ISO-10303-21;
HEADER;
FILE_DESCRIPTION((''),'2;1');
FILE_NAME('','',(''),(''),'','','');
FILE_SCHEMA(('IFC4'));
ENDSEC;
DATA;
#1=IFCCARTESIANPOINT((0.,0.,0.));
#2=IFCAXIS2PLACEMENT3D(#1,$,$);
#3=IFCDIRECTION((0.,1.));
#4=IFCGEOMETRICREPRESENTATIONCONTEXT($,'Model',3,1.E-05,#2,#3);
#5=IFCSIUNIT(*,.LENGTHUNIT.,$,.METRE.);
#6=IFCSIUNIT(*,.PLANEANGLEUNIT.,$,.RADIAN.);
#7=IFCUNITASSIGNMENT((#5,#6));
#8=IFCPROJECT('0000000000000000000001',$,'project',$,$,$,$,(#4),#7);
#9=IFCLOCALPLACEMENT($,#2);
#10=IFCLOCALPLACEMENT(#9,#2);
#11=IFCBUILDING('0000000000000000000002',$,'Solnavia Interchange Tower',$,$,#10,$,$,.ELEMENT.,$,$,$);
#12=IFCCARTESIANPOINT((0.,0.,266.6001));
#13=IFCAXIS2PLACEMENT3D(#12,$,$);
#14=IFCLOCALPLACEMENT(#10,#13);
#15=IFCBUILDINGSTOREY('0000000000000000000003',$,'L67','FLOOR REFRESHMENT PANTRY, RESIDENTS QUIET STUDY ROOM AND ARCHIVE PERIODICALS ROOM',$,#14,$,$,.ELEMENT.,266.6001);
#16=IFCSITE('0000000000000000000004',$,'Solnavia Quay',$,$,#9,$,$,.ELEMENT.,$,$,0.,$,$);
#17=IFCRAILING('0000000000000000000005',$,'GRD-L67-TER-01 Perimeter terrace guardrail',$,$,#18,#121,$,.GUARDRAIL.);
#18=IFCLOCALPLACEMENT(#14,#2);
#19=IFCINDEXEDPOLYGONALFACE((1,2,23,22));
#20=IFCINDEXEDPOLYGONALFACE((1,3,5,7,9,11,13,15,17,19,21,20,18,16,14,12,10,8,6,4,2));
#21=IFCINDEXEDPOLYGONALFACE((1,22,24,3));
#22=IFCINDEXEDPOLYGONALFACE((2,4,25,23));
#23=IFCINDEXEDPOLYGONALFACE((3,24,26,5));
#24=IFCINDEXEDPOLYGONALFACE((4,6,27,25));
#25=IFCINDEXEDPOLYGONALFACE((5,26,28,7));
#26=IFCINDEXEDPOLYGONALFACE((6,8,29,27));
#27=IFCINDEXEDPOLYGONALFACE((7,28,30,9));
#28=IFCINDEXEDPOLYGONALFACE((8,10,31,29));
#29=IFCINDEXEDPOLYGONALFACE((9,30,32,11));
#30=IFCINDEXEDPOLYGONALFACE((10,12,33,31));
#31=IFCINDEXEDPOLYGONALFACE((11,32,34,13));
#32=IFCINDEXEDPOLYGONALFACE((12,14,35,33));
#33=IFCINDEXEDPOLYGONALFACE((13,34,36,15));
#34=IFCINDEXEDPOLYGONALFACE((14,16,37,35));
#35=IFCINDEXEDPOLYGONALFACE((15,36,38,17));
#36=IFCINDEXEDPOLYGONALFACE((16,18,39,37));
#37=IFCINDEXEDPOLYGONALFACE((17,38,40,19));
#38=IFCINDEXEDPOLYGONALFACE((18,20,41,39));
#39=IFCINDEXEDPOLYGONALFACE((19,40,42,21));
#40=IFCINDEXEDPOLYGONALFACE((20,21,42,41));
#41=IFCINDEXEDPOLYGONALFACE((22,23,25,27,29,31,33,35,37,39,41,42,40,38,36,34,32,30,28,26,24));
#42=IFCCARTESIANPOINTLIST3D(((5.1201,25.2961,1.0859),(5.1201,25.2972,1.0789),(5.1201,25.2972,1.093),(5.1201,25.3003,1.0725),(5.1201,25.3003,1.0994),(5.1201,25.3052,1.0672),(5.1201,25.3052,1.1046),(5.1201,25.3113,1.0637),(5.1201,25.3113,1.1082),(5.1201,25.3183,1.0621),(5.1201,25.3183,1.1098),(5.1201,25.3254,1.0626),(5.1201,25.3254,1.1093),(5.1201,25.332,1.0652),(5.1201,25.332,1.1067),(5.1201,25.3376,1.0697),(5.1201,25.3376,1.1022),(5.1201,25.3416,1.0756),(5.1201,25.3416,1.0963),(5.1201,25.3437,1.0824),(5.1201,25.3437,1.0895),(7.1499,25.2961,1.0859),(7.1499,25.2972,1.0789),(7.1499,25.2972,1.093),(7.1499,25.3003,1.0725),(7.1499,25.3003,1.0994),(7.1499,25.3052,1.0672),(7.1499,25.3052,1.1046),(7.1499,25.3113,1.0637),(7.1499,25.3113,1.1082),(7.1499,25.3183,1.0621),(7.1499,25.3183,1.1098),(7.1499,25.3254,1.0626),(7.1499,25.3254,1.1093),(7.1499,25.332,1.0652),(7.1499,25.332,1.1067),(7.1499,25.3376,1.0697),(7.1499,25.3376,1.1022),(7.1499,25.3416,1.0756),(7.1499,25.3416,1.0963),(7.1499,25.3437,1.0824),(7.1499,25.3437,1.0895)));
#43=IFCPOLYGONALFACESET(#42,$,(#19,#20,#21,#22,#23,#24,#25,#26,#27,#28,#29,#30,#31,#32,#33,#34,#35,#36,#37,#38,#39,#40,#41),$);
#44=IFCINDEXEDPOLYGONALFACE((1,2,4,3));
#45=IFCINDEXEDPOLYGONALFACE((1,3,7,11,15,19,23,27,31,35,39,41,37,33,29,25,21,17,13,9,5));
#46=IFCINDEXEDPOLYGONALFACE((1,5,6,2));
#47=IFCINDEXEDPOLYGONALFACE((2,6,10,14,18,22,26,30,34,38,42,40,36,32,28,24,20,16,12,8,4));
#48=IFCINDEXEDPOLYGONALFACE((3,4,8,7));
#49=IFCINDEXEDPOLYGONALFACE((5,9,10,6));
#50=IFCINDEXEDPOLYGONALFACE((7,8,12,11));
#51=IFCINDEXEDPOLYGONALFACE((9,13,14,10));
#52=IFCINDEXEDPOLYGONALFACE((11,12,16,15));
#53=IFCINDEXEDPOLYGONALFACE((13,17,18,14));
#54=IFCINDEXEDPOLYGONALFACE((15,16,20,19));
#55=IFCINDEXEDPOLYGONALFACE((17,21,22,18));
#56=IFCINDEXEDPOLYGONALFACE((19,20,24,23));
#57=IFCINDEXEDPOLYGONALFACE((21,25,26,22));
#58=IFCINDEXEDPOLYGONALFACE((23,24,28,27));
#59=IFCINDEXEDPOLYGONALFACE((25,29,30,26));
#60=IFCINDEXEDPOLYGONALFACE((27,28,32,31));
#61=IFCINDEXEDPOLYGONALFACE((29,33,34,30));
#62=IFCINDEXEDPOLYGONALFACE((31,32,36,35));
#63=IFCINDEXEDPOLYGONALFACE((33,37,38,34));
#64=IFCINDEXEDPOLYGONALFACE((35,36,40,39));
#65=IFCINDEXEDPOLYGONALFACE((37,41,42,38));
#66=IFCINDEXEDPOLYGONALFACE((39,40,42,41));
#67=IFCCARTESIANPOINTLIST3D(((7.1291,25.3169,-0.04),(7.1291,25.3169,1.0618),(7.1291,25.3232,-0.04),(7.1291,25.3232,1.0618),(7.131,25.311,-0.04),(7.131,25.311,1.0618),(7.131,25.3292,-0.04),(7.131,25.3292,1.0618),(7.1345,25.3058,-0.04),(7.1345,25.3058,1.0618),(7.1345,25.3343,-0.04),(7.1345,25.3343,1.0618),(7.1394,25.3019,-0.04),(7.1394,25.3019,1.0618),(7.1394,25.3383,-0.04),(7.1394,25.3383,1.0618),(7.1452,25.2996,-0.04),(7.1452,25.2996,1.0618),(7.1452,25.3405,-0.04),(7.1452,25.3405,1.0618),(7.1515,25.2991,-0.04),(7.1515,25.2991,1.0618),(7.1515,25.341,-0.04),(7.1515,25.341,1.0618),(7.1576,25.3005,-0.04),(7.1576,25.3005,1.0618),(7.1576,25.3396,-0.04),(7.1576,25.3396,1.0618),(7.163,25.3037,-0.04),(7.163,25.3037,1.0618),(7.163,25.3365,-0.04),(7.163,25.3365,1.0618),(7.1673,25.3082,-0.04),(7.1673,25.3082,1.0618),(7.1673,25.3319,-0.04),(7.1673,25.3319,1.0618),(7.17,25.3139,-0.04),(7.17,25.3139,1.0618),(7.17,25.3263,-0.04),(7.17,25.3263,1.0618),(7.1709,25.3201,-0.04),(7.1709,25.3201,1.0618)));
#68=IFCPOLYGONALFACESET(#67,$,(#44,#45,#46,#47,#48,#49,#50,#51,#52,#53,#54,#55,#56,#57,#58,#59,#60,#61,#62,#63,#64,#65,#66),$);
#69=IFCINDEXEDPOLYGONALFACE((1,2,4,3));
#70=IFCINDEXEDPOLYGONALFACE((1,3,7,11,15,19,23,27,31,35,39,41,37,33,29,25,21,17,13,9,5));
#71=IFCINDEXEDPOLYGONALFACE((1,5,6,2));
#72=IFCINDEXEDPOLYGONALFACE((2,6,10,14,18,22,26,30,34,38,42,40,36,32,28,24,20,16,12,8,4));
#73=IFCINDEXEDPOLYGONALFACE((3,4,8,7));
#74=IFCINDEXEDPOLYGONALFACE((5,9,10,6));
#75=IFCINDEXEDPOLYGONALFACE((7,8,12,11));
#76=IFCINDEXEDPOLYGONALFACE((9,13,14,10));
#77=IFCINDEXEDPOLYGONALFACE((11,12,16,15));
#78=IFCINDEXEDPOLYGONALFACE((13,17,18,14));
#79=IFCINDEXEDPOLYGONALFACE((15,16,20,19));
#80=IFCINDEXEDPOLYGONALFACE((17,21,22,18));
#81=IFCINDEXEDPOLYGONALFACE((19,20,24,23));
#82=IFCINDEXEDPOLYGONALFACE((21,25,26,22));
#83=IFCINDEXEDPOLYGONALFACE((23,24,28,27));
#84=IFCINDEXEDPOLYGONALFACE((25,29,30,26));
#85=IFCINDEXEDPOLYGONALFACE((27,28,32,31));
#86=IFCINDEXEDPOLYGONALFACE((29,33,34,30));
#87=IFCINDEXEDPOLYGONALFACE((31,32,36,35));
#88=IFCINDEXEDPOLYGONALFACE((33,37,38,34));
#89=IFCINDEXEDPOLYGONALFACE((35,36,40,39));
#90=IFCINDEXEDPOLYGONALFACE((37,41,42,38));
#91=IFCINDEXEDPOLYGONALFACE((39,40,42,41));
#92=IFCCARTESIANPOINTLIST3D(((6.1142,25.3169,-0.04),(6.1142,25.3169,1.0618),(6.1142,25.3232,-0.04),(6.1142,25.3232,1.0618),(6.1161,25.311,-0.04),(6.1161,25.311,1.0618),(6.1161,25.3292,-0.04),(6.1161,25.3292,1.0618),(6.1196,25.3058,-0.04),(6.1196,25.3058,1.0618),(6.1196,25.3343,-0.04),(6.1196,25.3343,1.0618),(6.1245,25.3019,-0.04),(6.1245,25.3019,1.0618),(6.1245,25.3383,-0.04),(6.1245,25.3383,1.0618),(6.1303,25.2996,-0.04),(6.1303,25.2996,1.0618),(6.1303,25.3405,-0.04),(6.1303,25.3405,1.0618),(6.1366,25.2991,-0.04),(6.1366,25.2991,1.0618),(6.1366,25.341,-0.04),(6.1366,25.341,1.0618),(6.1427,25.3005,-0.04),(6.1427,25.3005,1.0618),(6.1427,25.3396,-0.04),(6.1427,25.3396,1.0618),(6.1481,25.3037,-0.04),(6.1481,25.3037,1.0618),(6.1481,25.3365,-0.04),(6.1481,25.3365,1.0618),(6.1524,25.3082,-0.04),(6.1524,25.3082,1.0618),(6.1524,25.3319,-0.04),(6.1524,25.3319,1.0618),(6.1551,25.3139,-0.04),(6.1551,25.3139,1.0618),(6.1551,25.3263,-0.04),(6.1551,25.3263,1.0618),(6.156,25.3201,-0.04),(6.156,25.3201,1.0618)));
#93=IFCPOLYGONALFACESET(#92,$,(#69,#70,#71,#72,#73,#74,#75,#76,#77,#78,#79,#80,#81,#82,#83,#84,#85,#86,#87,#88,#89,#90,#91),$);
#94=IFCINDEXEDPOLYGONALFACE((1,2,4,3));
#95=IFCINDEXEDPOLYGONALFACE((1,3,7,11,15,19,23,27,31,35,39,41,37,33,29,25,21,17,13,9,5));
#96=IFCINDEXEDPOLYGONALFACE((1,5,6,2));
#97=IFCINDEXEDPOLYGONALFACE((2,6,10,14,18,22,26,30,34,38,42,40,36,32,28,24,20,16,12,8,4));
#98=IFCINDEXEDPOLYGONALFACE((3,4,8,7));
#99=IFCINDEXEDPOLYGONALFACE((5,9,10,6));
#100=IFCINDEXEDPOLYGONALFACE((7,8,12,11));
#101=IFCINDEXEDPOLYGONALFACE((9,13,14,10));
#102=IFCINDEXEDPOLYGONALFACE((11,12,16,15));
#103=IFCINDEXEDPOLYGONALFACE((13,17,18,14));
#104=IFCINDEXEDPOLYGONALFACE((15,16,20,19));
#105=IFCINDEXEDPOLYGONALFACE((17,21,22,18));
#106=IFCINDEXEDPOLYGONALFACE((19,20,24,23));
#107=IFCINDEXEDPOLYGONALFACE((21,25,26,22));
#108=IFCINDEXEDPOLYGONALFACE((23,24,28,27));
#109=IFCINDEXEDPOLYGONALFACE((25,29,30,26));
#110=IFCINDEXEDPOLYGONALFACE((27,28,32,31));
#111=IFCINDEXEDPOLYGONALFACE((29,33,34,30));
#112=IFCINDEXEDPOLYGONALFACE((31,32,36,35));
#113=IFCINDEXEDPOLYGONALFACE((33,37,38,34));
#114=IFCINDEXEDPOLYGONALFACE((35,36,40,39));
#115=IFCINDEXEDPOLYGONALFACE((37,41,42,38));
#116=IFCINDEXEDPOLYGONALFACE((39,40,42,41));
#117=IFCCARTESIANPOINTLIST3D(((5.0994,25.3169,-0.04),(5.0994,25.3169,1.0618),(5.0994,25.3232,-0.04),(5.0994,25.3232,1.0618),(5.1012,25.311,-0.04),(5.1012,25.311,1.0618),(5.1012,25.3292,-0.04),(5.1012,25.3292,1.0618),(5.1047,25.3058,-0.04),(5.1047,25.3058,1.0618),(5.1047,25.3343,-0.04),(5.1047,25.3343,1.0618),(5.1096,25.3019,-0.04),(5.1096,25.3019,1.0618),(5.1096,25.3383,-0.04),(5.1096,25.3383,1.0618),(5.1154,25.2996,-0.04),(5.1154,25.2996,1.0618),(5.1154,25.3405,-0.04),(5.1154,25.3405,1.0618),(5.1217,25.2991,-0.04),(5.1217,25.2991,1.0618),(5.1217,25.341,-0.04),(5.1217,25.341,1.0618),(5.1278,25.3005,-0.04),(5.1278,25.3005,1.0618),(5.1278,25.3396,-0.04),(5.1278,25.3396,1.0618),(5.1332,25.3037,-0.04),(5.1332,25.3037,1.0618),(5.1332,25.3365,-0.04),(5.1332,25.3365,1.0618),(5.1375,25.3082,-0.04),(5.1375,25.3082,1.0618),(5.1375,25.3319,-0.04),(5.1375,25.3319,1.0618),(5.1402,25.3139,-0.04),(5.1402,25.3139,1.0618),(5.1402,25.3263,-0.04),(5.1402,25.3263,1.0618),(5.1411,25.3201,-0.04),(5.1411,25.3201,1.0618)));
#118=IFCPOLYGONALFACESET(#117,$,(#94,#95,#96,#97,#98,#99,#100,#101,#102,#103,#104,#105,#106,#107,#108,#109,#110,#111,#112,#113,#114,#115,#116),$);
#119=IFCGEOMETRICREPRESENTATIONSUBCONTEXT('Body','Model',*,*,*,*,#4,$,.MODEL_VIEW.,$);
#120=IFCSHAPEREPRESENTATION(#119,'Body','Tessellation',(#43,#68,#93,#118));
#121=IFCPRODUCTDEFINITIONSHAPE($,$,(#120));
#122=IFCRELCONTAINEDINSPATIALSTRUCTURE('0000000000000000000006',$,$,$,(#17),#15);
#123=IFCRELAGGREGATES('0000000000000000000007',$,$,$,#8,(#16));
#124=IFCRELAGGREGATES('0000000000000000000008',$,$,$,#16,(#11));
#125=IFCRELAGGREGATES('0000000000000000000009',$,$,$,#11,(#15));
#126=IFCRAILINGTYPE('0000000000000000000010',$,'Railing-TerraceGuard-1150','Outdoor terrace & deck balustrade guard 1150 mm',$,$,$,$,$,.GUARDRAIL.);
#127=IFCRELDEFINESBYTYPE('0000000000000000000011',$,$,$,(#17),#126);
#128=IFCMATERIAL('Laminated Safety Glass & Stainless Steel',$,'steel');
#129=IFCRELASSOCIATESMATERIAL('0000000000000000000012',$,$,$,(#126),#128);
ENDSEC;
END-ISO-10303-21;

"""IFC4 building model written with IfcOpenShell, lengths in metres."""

from ifc_helpers import new_model, si_unit, direction, frame, origin, origin_2d, place, context, subcontext, project, spatial, circle, extrude, material, type_object, element, save


model = new_model("IFC4")

# Units and contexts
model_context = context("Model", 3, precision=1e-05, world=origin(), true_north=direction((0.0, 1.0)))
body_context = subcontext(model_context, "Body", "Model", "MODEL_VIEW")
ifc_project = project(units=[si_unit("LENGTHUNIT", "METRE"), si_unit("PLANEANGLEUNIT", "RADIAN")], contexts=[model_context])

# Site, building, storey
site_placement = place(None, origin())
site = spatial("IfcSite", under=ifc_project, at=site_placement, Name="Solnavia Quay", CompositionType="ELEMENT", RefElevation=0.0)
building_placement = place(site_placement, origin())
building = spatial("IfcBuilding", under=site, at=building_placement, Name="Solnavia Interchange Tower", CompositionType="ELEMENT")
storey_placement = place(building_placement, frame((0.0, 0.0, 266.6001)))
storey = spatial("IfcBuildingStorey", under=building, at=storey_placement, Name="L67", Description="FLOOR REFRESHMENT PANTRY, RESIDENTS QUIET STUDY ROOM AND ARCHIVE PERIODICALS ROOM", CompositionType="ELEMENT", Elevation=266.6001)

# Railing
ifc_material_1 = material(Name="Laminated Safety Glass & Stainless Steel", Category="steel")
railing_type_1 = type_object("IfcRailingType", Name="Railing-TerraceGuard-1150", Description="Outdoor terrace & deck balustrade guard 1150 mm", PredefinedType="GUARDRAIL", material=ifc_material_1)
railing_1_placement = place(storey_placement, frame((7.1499, 25.3201, -0.04)))
element("IfcRailing", 1, at=railing_1_placement, inside=storey, type_object=railing_type_1, Name="GRD-L67-TER-01 Perimeter terrace guardrail", PredefinedType="GUARDRAIL", context=body_context, shape_type="SweptSolid", body=[
    extrude(circle(Radius=0.0239, at=origin_2d()), frame((0.0, 0.0, 1.126), z_axis=(-1.0, 0.0, 0.0), x_axis=(0.0, -1.0, 0.0)), (0.0, 0.0, 1.0), 2.0298),
    extrude(circle(Radius=0.021, at=origin_2d()), origin(), (0.0, 0.0, 1.0), 1.1018),
    extrude(circle(Radius=0.021, at=origin_2d()), frame((-1.0149, 0.0, 0.0)), (0.0, 0.0, 1.0), 1.1018),
    extrude(circle(Radius=0.021, at=origin_2d()), frame((-2.0298, 0.0, 0.0)), (0.0, 0.0, 1.0), 1.1018),
])

save(model, "model.ifc")
